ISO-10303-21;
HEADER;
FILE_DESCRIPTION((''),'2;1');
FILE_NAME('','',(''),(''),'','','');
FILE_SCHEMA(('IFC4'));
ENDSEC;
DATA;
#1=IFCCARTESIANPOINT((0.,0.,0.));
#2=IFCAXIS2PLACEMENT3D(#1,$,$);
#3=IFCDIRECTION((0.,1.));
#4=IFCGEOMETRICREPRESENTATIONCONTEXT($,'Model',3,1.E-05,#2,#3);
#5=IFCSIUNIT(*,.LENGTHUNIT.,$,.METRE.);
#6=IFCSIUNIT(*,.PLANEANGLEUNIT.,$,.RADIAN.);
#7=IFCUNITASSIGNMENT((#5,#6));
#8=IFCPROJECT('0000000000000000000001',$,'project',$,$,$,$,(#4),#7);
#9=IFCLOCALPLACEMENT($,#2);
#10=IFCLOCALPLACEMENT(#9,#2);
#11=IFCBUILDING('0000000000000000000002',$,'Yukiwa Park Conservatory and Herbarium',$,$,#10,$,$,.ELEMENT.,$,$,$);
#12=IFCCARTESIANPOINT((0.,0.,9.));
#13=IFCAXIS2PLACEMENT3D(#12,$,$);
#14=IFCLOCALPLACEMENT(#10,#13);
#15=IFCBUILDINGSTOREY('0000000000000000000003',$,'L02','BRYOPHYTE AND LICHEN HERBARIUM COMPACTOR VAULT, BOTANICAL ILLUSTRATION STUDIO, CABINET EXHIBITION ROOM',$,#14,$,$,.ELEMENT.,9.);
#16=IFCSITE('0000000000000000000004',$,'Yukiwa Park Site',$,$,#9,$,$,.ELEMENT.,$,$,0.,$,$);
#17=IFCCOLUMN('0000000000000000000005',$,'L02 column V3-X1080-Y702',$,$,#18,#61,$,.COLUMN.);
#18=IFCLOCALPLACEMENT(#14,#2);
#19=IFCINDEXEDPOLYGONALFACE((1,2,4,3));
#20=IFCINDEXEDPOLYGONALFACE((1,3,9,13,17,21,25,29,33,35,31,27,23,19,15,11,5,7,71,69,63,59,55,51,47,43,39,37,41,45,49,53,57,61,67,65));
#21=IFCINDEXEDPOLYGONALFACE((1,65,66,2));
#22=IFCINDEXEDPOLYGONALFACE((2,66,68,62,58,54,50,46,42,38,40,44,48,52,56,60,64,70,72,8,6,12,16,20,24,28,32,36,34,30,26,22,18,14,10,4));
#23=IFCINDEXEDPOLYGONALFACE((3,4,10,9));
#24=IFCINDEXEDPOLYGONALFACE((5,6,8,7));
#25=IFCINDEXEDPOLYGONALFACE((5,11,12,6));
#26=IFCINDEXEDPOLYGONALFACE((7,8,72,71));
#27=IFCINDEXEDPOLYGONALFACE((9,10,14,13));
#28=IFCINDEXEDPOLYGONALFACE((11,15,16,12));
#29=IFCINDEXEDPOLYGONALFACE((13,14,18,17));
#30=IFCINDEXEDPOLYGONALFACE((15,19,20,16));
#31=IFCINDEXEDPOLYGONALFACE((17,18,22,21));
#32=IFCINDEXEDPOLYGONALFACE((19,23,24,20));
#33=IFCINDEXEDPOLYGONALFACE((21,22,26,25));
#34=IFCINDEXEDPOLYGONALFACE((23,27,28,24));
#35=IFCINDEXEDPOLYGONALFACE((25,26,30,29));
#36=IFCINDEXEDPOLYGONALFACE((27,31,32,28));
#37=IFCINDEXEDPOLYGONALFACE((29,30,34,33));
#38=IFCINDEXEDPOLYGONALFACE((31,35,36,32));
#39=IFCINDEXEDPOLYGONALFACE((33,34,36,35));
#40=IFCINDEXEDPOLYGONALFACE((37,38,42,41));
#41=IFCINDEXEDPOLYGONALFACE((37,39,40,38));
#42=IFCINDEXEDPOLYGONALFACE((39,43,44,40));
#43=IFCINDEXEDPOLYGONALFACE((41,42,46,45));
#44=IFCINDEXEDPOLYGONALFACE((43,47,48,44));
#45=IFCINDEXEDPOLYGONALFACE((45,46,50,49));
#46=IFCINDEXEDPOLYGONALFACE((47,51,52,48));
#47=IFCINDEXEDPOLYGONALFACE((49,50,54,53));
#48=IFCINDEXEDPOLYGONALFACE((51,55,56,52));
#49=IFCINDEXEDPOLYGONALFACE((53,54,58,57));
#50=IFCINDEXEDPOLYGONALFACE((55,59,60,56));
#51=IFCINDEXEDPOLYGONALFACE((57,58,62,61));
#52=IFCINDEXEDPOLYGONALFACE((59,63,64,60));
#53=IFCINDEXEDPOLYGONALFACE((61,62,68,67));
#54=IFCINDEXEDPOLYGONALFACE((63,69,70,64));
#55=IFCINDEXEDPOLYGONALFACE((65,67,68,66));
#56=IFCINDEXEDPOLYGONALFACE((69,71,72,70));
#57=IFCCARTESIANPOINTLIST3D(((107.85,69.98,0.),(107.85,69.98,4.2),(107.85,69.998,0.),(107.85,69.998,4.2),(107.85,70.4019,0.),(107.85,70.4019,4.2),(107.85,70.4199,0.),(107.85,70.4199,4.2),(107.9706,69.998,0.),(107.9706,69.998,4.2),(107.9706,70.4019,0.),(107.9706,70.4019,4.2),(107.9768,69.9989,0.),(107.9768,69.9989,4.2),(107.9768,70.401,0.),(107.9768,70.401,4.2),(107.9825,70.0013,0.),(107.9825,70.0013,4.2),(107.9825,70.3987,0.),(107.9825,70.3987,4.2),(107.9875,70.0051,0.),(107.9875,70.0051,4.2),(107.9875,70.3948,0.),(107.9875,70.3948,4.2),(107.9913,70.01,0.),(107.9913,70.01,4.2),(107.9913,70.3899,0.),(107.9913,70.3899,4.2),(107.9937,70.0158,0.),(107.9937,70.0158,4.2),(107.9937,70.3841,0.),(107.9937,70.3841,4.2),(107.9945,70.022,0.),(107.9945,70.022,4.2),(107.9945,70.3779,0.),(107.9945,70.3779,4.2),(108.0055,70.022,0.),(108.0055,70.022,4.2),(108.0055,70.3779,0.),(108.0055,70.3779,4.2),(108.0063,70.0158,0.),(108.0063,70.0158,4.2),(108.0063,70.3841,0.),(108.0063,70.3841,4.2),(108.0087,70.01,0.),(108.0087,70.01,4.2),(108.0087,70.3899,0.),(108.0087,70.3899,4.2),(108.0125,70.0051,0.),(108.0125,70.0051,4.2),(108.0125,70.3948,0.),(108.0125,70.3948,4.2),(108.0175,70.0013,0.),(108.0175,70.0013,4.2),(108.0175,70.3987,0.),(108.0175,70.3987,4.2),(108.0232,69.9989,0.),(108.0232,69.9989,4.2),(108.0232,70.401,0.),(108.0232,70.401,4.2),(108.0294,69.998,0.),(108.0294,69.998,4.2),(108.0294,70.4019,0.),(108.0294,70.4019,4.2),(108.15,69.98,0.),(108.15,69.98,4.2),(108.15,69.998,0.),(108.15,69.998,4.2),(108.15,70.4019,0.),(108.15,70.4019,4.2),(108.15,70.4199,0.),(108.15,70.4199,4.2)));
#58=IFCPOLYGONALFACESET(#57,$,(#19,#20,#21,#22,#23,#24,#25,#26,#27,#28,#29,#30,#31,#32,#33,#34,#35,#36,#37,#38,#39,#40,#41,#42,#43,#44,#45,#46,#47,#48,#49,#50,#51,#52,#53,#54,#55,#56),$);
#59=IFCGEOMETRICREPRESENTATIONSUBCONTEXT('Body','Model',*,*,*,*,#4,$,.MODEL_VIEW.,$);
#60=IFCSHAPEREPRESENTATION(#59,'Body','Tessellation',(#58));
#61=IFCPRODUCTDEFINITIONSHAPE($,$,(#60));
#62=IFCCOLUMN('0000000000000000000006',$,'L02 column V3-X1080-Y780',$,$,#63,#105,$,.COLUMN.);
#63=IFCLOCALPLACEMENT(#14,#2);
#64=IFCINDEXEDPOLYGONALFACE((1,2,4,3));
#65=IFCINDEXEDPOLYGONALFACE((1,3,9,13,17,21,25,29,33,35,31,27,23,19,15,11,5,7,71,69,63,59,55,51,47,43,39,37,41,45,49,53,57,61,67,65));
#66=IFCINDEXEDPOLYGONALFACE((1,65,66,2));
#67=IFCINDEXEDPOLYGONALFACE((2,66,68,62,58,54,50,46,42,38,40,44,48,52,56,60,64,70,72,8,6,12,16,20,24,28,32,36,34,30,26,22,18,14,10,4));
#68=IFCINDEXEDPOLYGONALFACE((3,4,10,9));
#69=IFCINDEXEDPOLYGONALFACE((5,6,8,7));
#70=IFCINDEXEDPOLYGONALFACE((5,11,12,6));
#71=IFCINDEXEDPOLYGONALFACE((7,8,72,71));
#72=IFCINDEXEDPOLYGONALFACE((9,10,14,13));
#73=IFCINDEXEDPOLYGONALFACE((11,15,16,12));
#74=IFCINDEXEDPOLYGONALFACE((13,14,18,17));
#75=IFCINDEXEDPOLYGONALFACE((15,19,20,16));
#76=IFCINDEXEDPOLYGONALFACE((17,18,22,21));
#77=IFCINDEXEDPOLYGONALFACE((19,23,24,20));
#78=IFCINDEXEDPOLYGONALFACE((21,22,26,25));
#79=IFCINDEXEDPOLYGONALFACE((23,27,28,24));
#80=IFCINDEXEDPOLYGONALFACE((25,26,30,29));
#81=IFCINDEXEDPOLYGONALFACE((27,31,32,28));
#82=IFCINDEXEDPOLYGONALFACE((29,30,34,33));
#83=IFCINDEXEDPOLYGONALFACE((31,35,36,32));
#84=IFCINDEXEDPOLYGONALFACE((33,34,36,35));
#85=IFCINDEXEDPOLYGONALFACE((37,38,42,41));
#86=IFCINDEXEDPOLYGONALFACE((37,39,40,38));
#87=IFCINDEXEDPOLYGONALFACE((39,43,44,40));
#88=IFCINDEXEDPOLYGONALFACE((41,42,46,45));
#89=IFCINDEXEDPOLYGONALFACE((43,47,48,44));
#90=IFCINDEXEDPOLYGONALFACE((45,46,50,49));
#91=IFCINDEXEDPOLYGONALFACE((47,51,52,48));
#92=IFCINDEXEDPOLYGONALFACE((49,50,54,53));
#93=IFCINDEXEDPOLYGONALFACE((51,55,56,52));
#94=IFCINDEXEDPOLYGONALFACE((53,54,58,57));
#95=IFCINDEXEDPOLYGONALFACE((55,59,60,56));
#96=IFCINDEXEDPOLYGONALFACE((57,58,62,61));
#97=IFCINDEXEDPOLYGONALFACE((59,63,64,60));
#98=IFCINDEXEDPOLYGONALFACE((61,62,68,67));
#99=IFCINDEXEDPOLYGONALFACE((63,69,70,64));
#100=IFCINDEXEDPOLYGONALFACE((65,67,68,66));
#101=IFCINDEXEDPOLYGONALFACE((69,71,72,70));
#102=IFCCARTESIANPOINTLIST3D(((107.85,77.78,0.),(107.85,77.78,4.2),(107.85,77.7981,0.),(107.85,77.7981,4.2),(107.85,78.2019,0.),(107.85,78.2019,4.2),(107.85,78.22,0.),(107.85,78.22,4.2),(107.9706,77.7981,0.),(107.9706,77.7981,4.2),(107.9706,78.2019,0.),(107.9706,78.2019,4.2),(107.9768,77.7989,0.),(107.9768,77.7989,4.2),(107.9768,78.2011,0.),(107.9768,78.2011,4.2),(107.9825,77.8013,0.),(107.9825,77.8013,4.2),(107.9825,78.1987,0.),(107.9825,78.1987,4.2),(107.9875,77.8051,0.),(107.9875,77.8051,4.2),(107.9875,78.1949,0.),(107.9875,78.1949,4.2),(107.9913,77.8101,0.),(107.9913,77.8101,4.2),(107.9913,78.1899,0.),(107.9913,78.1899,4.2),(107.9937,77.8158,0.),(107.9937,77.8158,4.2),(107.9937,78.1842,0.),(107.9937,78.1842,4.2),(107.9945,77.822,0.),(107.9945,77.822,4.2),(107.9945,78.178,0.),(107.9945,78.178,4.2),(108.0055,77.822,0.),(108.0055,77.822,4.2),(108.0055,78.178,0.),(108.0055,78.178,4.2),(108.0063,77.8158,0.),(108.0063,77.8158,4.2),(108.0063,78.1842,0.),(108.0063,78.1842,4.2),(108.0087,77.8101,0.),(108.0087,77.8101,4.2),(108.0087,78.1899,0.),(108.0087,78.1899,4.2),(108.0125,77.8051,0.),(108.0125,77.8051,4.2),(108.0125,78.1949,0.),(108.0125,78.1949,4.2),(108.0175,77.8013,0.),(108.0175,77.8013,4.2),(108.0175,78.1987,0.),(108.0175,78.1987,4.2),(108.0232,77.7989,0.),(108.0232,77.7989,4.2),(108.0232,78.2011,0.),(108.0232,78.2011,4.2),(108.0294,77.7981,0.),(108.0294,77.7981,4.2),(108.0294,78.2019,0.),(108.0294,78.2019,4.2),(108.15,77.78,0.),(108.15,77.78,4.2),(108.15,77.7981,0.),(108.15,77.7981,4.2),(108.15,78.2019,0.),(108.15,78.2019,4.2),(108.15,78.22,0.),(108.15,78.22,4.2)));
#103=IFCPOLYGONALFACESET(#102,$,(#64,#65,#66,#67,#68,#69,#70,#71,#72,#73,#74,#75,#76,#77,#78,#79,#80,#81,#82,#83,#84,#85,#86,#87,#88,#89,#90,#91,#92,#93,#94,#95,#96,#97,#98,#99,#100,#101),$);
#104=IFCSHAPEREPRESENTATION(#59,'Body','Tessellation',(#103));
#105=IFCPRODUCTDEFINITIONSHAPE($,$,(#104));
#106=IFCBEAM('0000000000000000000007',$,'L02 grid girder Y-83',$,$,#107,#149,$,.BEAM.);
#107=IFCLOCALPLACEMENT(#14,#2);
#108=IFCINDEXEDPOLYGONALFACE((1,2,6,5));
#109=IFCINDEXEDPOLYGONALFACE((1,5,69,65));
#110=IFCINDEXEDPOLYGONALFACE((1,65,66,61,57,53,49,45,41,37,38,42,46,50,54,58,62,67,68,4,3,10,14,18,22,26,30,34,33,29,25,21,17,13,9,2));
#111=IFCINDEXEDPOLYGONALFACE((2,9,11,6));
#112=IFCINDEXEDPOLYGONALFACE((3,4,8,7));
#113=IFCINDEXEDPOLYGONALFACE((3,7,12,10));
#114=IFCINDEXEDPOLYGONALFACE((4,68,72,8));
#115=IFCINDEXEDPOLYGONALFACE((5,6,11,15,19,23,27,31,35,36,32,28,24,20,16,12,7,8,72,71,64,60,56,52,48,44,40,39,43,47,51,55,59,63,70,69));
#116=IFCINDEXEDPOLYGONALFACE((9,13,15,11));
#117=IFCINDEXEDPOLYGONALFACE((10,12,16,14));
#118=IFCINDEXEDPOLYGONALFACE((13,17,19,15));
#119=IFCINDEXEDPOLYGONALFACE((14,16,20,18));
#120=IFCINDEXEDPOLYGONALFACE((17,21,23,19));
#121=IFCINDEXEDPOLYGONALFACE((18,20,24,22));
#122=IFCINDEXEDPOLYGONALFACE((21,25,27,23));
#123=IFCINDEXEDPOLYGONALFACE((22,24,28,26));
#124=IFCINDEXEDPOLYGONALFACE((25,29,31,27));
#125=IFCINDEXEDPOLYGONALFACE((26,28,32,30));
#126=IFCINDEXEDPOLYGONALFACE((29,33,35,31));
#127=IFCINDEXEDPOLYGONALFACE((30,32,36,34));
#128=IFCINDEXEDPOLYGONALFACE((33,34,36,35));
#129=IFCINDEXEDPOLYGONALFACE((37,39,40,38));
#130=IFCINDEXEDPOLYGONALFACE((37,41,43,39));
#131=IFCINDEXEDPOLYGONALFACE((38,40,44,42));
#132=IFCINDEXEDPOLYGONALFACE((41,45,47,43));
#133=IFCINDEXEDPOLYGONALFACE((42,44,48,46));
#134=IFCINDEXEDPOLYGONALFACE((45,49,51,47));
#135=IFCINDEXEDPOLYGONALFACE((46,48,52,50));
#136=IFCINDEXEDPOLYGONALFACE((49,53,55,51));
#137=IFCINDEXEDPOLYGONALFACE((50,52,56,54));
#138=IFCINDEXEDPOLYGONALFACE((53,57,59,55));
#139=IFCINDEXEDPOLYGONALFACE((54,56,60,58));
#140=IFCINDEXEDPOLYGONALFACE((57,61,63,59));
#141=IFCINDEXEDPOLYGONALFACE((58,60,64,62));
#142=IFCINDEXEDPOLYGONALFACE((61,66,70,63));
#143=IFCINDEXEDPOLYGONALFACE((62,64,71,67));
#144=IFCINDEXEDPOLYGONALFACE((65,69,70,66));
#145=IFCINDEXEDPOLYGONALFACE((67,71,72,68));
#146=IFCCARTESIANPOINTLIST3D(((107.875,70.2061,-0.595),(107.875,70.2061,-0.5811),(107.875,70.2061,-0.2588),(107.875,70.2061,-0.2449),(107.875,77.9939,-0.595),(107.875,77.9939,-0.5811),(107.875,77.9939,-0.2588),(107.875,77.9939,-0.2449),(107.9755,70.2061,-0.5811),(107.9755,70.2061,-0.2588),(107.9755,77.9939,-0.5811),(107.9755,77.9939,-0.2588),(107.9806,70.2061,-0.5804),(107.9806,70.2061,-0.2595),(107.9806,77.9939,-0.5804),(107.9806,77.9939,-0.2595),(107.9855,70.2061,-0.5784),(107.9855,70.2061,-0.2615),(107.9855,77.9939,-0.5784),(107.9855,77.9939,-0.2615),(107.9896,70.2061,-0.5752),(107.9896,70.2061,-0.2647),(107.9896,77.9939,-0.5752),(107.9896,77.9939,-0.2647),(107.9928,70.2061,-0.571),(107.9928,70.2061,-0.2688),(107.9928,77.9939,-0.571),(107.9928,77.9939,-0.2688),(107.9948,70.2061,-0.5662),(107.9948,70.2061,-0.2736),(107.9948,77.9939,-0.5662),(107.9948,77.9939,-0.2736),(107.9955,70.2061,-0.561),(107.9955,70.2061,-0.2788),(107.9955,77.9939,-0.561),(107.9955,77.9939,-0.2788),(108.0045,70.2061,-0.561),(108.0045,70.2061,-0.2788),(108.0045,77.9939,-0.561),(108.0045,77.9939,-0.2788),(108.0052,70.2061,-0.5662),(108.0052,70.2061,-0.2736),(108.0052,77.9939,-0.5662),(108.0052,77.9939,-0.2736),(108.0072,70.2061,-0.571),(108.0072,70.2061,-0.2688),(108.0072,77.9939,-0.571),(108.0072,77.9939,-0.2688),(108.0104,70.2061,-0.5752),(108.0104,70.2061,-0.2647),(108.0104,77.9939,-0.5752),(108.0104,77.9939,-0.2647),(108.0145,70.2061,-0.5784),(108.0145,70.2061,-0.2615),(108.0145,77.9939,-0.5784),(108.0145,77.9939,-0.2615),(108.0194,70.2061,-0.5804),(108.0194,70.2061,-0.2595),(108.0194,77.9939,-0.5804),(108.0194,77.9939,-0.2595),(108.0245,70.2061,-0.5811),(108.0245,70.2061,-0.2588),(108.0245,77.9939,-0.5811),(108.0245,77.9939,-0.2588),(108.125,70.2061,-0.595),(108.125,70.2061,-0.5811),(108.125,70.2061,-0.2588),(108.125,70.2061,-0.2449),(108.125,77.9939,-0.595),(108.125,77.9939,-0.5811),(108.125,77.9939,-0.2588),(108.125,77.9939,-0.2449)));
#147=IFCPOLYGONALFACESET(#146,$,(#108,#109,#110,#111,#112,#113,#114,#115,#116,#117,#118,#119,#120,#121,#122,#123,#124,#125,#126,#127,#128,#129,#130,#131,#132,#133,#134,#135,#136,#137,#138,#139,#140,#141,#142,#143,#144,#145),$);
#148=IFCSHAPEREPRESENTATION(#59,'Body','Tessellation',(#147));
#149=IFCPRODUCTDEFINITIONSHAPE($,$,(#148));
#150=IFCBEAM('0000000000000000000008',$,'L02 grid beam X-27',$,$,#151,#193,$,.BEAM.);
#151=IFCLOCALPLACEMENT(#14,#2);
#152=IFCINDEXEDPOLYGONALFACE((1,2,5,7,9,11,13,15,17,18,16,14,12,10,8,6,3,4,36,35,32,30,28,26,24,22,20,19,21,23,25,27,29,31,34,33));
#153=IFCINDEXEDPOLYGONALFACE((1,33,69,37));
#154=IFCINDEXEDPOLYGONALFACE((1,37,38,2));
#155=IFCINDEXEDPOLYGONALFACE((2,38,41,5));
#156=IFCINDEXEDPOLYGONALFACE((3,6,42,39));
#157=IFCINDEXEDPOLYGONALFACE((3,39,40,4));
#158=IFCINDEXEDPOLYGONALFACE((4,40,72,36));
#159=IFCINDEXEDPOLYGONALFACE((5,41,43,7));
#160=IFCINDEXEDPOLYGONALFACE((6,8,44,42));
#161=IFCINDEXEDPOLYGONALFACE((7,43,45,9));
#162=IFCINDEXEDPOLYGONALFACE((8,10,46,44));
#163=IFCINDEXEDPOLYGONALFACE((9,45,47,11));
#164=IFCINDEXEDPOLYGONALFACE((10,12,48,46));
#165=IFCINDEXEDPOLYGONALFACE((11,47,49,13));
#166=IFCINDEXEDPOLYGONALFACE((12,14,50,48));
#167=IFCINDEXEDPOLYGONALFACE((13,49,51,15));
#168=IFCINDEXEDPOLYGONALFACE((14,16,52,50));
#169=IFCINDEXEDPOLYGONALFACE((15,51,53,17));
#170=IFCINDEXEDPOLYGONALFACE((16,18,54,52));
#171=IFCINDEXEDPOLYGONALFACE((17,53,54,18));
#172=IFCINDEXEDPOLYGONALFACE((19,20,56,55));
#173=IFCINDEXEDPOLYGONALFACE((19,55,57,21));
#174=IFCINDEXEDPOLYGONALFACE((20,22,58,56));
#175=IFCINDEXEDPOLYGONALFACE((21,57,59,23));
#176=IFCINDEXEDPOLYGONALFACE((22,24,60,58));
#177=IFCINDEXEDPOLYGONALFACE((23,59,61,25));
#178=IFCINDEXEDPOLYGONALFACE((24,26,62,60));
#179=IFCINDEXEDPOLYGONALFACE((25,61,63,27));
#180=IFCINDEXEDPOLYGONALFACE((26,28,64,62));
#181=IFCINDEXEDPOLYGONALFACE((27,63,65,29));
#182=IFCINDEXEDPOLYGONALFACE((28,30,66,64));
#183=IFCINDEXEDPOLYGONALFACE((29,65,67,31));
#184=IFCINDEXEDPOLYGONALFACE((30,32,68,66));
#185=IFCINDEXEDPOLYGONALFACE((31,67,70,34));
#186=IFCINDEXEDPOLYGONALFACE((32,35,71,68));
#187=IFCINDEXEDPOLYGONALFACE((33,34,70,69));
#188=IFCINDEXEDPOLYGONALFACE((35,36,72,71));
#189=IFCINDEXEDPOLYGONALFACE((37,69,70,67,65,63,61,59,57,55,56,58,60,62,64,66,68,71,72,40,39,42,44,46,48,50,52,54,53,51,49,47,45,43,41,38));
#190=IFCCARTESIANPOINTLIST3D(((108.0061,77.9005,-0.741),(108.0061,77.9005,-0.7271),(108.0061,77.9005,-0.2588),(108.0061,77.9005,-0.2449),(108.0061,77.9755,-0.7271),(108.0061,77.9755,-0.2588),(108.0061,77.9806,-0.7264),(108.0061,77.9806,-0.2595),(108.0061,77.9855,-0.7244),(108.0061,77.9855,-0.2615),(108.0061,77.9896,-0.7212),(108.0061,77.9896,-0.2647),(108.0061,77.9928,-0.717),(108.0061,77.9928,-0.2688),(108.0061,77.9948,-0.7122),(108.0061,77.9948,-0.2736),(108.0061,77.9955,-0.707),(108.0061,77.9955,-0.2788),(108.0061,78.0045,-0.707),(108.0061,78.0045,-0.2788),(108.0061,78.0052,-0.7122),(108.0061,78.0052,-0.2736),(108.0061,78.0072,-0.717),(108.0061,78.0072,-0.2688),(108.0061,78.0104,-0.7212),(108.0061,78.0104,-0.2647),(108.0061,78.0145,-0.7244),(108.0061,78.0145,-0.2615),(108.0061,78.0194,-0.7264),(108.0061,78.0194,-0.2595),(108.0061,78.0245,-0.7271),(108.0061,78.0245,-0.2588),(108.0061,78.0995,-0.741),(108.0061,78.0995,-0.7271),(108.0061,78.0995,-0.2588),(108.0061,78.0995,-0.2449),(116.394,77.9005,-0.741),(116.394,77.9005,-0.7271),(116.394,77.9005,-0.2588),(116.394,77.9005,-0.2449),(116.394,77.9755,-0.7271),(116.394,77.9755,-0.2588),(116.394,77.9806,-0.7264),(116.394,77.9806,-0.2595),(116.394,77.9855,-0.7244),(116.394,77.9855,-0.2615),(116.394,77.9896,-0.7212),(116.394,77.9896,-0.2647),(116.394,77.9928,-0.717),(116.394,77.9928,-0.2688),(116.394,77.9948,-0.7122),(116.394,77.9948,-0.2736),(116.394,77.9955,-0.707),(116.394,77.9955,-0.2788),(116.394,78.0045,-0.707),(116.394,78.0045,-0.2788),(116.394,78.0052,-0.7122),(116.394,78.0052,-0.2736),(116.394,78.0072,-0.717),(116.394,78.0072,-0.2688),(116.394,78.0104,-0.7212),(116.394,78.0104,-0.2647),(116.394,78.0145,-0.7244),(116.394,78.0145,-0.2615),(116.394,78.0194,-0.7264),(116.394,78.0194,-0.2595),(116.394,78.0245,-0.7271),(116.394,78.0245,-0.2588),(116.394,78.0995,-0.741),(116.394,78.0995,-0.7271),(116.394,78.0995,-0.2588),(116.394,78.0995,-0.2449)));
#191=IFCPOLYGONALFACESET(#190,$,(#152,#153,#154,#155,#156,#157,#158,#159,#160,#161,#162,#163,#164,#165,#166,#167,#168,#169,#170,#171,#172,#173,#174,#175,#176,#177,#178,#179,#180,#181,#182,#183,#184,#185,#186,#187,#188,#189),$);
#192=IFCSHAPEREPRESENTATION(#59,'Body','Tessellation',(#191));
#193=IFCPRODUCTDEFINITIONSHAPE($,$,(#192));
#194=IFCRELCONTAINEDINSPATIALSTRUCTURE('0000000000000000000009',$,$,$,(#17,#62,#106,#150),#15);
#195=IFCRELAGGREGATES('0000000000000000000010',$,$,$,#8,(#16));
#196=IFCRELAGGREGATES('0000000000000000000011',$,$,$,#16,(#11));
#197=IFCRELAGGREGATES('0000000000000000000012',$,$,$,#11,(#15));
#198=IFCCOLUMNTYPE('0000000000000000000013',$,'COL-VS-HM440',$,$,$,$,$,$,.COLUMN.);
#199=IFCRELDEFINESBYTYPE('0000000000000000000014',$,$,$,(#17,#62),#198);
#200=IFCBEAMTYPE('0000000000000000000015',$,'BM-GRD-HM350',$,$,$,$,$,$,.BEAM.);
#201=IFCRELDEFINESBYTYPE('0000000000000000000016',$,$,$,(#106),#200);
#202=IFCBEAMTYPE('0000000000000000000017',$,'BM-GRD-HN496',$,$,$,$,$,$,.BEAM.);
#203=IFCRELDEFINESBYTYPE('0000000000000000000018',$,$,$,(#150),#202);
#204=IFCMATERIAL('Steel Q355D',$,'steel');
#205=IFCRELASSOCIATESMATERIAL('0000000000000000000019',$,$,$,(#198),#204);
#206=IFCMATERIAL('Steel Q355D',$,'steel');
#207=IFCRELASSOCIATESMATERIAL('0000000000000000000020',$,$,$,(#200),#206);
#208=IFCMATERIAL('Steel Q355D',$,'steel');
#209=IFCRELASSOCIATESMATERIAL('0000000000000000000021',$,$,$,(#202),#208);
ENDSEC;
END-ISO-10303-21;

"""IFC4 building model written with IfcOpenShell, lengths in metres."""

from ifc_helpers import new_model, si_unit, direction, frame, origin, origin_2d, place, context, subcontext, project, spatial, i_section, extrude, material, material_profile, profile_set, type_object, element, save


model = new_model("IFC4")

# Units and contexts
model_context = context("Model", 3, precision=1e-05, world=origin(), true_north=direction((0.0, 1.0)))
body_context = subcontext(model_context, "Body", "Model", "MODEL_VIEW")
ifc_project = project(units=[si_unit("LENGTHUNIT", "METRE"), si_unit("PLANEANGLEUNIT", "RADIAN")], contexts=[model_context])

# Site, building, storey
site_placement = place(None, origin())
site = spatial("IfcSite", under=ifc_project, at=site_placement, Name="Yukiwa Park Site", CompositionType="ELEMENT", RefElevation=0.0)
building_placement = place(site_placement, origin())
building = spatial("IfcBuilding", under=site, at=building_placement, Name="Yukiwa Park Conservatory and Herbarium", CompositionType="ELEMENT")
storey_placement = place(building_placement, frame((0.0, 0.0, 9.0)))
storey = spatial("IfcBuildingStorey", under=building, at=storey_placement, Name="L02", Description="BRYOPHYTE AND LICHEN HERBARIUM COMPACTOR VAULT, BOTANICAL ILLUSTRATION STUDIO, CABINET EXHIBITION ROOM", CompositionType="ELEMENT", Elevation=9.0)

# Columns
ifc_material_1 = material(Name="Steel Q355D", Category="steel")
ifc_material_profile_1 = material_profile(ifc_material_1, i_section(OverallWidth=0.3, OverallDepth=0.4399, WebThickness=0.011, FlangeThickness=0.0181, FilletRadius=0.0239, at=origin_2d()), Name="HM 440x300x11x18")
ifc_profile_set_1 = profile_set([ifc_material_profile_1], Name="Steel Q355D")
column_type = type_object("IfcColumnType", Name="COL-VS-HM440", PredefinedType="COLUMN", material=ifc_profile_set_1)
for number, where, z_axis, x_axis, name in (
    (1, (108.0, 70.2, 0.0), (0.0, 0.0, 1.0), (1.0, 0.0, 0.0), "L02 column V3-X1080-Y702"),
    (2, (108.0, 78.0, 0.0), (0.0, 0.0, 1.0), (1.0, 0.0, 0.0), "L02 column V3-X1080-Y780"),
):
    element("IfcColumn", number, at=place(storey_placement, frame(where, z_axis=z_axis, x_axis=x_axis)), inside=storey, type_object=column_type, Name=name, PredefinedType="COLUMN", context=body_context, shape_type="SweptSolid", body=[
        extrude(i_section(OverallWidth=0.3, OverallDepth=0.4399, WebThickness=0.011, FlangeThickness=0.0181, FilletRadius=0.0239, at=origin_2d()), origin(), (0.0, 0.0, 1.0), 4.2),
    ])

# Beams
ifc_material_2 = material(Name="Steel Q355D", Category="steel")
ifc_material_profile_2 = material_profile(ifc_material_2, i_section(OverallWidth=0.25, OverallDepth=0.3501, WebThickness=0.009, FlangeThickness=0.0139, FilletRadius=0.02, at=origin_2d()), Name="HM 350x250x9x14")
ifc_profile_set_2 = profile_set([ifc_material_profile_2], Name="Steel Q355D")
beam_type_1 = type_object("IfcBeamType", Name="BM-GRD-HM350", PredefinedType="BEAM", material=ifc_profile_set_2)
beam_1_placement = place(storey_placement, frame((108.0, 70.2061, -0.4199), z_axis=(0.0, 1.0, 0.0), x_axis=(-1.0, 0.0, 0.0)))
element("IfcBeam", 3, at=beam_1_placement, inside=storey, type_object=beam_type_1, Name="L02 grid girder Y-83", PredefinedType="BEAM", context=body_context, shape_type="SweptSolid", body=[
    extrude(i_section(OverallWidth=0.25, OverallDepth=0.3501, WebThickness=0.009, FlangeThickness=0.0139, FilletRadius=0.02, at=origin_2d()), origin(), (0.0, 0.0, 1.0), 7.7878),
])
ifc_material_3 = material(Name="Steel Q355D", Category="steel")
ifc_material_profile_3 = material_profile(ifc_material_3, i_section(OverallWidth=0.199, OverallDepth=0.4961, WebThickness=0.009, FlangeThickness=0.0139, FilletRadius=0.02, at=origin_2d()), Name="HN 496x199x9x14")
ifc_profile_set_3 = profile_set([ifc_material_profile_3], Name="Steel Q355D")
beam_type_2 = type_object("IfcBeamType", Name="BM-GRD-HN496", PredefinedType="BEAM", material=ifc_profile_set_3)
beam_2_placement = place(storey_placement, frame((108.0061, 78.0, -0.4929), z_axis=(1.0, 0.0, 0.0), x_axis=(0.0, 1.0, 0.0)))
element("IfcBeam", 4, at=beam_2_placement, inside=storey, type_object=beam_type_2, Name="L02 grid beam X-27", PredefinedType="BEAM", context=body_context, shape_type="SweptSolid", body=[
    extrude(i_section(OverallWidth=0.199, OverallDepth=0.4961, WebThickness=0.009, FlangeThickness=0.0139, FilletRadius=0.02, at=origin_2d()), origin(), (0.0, 0.0, 1.0), 8.3879),
])

save(model, "model.ifc")
